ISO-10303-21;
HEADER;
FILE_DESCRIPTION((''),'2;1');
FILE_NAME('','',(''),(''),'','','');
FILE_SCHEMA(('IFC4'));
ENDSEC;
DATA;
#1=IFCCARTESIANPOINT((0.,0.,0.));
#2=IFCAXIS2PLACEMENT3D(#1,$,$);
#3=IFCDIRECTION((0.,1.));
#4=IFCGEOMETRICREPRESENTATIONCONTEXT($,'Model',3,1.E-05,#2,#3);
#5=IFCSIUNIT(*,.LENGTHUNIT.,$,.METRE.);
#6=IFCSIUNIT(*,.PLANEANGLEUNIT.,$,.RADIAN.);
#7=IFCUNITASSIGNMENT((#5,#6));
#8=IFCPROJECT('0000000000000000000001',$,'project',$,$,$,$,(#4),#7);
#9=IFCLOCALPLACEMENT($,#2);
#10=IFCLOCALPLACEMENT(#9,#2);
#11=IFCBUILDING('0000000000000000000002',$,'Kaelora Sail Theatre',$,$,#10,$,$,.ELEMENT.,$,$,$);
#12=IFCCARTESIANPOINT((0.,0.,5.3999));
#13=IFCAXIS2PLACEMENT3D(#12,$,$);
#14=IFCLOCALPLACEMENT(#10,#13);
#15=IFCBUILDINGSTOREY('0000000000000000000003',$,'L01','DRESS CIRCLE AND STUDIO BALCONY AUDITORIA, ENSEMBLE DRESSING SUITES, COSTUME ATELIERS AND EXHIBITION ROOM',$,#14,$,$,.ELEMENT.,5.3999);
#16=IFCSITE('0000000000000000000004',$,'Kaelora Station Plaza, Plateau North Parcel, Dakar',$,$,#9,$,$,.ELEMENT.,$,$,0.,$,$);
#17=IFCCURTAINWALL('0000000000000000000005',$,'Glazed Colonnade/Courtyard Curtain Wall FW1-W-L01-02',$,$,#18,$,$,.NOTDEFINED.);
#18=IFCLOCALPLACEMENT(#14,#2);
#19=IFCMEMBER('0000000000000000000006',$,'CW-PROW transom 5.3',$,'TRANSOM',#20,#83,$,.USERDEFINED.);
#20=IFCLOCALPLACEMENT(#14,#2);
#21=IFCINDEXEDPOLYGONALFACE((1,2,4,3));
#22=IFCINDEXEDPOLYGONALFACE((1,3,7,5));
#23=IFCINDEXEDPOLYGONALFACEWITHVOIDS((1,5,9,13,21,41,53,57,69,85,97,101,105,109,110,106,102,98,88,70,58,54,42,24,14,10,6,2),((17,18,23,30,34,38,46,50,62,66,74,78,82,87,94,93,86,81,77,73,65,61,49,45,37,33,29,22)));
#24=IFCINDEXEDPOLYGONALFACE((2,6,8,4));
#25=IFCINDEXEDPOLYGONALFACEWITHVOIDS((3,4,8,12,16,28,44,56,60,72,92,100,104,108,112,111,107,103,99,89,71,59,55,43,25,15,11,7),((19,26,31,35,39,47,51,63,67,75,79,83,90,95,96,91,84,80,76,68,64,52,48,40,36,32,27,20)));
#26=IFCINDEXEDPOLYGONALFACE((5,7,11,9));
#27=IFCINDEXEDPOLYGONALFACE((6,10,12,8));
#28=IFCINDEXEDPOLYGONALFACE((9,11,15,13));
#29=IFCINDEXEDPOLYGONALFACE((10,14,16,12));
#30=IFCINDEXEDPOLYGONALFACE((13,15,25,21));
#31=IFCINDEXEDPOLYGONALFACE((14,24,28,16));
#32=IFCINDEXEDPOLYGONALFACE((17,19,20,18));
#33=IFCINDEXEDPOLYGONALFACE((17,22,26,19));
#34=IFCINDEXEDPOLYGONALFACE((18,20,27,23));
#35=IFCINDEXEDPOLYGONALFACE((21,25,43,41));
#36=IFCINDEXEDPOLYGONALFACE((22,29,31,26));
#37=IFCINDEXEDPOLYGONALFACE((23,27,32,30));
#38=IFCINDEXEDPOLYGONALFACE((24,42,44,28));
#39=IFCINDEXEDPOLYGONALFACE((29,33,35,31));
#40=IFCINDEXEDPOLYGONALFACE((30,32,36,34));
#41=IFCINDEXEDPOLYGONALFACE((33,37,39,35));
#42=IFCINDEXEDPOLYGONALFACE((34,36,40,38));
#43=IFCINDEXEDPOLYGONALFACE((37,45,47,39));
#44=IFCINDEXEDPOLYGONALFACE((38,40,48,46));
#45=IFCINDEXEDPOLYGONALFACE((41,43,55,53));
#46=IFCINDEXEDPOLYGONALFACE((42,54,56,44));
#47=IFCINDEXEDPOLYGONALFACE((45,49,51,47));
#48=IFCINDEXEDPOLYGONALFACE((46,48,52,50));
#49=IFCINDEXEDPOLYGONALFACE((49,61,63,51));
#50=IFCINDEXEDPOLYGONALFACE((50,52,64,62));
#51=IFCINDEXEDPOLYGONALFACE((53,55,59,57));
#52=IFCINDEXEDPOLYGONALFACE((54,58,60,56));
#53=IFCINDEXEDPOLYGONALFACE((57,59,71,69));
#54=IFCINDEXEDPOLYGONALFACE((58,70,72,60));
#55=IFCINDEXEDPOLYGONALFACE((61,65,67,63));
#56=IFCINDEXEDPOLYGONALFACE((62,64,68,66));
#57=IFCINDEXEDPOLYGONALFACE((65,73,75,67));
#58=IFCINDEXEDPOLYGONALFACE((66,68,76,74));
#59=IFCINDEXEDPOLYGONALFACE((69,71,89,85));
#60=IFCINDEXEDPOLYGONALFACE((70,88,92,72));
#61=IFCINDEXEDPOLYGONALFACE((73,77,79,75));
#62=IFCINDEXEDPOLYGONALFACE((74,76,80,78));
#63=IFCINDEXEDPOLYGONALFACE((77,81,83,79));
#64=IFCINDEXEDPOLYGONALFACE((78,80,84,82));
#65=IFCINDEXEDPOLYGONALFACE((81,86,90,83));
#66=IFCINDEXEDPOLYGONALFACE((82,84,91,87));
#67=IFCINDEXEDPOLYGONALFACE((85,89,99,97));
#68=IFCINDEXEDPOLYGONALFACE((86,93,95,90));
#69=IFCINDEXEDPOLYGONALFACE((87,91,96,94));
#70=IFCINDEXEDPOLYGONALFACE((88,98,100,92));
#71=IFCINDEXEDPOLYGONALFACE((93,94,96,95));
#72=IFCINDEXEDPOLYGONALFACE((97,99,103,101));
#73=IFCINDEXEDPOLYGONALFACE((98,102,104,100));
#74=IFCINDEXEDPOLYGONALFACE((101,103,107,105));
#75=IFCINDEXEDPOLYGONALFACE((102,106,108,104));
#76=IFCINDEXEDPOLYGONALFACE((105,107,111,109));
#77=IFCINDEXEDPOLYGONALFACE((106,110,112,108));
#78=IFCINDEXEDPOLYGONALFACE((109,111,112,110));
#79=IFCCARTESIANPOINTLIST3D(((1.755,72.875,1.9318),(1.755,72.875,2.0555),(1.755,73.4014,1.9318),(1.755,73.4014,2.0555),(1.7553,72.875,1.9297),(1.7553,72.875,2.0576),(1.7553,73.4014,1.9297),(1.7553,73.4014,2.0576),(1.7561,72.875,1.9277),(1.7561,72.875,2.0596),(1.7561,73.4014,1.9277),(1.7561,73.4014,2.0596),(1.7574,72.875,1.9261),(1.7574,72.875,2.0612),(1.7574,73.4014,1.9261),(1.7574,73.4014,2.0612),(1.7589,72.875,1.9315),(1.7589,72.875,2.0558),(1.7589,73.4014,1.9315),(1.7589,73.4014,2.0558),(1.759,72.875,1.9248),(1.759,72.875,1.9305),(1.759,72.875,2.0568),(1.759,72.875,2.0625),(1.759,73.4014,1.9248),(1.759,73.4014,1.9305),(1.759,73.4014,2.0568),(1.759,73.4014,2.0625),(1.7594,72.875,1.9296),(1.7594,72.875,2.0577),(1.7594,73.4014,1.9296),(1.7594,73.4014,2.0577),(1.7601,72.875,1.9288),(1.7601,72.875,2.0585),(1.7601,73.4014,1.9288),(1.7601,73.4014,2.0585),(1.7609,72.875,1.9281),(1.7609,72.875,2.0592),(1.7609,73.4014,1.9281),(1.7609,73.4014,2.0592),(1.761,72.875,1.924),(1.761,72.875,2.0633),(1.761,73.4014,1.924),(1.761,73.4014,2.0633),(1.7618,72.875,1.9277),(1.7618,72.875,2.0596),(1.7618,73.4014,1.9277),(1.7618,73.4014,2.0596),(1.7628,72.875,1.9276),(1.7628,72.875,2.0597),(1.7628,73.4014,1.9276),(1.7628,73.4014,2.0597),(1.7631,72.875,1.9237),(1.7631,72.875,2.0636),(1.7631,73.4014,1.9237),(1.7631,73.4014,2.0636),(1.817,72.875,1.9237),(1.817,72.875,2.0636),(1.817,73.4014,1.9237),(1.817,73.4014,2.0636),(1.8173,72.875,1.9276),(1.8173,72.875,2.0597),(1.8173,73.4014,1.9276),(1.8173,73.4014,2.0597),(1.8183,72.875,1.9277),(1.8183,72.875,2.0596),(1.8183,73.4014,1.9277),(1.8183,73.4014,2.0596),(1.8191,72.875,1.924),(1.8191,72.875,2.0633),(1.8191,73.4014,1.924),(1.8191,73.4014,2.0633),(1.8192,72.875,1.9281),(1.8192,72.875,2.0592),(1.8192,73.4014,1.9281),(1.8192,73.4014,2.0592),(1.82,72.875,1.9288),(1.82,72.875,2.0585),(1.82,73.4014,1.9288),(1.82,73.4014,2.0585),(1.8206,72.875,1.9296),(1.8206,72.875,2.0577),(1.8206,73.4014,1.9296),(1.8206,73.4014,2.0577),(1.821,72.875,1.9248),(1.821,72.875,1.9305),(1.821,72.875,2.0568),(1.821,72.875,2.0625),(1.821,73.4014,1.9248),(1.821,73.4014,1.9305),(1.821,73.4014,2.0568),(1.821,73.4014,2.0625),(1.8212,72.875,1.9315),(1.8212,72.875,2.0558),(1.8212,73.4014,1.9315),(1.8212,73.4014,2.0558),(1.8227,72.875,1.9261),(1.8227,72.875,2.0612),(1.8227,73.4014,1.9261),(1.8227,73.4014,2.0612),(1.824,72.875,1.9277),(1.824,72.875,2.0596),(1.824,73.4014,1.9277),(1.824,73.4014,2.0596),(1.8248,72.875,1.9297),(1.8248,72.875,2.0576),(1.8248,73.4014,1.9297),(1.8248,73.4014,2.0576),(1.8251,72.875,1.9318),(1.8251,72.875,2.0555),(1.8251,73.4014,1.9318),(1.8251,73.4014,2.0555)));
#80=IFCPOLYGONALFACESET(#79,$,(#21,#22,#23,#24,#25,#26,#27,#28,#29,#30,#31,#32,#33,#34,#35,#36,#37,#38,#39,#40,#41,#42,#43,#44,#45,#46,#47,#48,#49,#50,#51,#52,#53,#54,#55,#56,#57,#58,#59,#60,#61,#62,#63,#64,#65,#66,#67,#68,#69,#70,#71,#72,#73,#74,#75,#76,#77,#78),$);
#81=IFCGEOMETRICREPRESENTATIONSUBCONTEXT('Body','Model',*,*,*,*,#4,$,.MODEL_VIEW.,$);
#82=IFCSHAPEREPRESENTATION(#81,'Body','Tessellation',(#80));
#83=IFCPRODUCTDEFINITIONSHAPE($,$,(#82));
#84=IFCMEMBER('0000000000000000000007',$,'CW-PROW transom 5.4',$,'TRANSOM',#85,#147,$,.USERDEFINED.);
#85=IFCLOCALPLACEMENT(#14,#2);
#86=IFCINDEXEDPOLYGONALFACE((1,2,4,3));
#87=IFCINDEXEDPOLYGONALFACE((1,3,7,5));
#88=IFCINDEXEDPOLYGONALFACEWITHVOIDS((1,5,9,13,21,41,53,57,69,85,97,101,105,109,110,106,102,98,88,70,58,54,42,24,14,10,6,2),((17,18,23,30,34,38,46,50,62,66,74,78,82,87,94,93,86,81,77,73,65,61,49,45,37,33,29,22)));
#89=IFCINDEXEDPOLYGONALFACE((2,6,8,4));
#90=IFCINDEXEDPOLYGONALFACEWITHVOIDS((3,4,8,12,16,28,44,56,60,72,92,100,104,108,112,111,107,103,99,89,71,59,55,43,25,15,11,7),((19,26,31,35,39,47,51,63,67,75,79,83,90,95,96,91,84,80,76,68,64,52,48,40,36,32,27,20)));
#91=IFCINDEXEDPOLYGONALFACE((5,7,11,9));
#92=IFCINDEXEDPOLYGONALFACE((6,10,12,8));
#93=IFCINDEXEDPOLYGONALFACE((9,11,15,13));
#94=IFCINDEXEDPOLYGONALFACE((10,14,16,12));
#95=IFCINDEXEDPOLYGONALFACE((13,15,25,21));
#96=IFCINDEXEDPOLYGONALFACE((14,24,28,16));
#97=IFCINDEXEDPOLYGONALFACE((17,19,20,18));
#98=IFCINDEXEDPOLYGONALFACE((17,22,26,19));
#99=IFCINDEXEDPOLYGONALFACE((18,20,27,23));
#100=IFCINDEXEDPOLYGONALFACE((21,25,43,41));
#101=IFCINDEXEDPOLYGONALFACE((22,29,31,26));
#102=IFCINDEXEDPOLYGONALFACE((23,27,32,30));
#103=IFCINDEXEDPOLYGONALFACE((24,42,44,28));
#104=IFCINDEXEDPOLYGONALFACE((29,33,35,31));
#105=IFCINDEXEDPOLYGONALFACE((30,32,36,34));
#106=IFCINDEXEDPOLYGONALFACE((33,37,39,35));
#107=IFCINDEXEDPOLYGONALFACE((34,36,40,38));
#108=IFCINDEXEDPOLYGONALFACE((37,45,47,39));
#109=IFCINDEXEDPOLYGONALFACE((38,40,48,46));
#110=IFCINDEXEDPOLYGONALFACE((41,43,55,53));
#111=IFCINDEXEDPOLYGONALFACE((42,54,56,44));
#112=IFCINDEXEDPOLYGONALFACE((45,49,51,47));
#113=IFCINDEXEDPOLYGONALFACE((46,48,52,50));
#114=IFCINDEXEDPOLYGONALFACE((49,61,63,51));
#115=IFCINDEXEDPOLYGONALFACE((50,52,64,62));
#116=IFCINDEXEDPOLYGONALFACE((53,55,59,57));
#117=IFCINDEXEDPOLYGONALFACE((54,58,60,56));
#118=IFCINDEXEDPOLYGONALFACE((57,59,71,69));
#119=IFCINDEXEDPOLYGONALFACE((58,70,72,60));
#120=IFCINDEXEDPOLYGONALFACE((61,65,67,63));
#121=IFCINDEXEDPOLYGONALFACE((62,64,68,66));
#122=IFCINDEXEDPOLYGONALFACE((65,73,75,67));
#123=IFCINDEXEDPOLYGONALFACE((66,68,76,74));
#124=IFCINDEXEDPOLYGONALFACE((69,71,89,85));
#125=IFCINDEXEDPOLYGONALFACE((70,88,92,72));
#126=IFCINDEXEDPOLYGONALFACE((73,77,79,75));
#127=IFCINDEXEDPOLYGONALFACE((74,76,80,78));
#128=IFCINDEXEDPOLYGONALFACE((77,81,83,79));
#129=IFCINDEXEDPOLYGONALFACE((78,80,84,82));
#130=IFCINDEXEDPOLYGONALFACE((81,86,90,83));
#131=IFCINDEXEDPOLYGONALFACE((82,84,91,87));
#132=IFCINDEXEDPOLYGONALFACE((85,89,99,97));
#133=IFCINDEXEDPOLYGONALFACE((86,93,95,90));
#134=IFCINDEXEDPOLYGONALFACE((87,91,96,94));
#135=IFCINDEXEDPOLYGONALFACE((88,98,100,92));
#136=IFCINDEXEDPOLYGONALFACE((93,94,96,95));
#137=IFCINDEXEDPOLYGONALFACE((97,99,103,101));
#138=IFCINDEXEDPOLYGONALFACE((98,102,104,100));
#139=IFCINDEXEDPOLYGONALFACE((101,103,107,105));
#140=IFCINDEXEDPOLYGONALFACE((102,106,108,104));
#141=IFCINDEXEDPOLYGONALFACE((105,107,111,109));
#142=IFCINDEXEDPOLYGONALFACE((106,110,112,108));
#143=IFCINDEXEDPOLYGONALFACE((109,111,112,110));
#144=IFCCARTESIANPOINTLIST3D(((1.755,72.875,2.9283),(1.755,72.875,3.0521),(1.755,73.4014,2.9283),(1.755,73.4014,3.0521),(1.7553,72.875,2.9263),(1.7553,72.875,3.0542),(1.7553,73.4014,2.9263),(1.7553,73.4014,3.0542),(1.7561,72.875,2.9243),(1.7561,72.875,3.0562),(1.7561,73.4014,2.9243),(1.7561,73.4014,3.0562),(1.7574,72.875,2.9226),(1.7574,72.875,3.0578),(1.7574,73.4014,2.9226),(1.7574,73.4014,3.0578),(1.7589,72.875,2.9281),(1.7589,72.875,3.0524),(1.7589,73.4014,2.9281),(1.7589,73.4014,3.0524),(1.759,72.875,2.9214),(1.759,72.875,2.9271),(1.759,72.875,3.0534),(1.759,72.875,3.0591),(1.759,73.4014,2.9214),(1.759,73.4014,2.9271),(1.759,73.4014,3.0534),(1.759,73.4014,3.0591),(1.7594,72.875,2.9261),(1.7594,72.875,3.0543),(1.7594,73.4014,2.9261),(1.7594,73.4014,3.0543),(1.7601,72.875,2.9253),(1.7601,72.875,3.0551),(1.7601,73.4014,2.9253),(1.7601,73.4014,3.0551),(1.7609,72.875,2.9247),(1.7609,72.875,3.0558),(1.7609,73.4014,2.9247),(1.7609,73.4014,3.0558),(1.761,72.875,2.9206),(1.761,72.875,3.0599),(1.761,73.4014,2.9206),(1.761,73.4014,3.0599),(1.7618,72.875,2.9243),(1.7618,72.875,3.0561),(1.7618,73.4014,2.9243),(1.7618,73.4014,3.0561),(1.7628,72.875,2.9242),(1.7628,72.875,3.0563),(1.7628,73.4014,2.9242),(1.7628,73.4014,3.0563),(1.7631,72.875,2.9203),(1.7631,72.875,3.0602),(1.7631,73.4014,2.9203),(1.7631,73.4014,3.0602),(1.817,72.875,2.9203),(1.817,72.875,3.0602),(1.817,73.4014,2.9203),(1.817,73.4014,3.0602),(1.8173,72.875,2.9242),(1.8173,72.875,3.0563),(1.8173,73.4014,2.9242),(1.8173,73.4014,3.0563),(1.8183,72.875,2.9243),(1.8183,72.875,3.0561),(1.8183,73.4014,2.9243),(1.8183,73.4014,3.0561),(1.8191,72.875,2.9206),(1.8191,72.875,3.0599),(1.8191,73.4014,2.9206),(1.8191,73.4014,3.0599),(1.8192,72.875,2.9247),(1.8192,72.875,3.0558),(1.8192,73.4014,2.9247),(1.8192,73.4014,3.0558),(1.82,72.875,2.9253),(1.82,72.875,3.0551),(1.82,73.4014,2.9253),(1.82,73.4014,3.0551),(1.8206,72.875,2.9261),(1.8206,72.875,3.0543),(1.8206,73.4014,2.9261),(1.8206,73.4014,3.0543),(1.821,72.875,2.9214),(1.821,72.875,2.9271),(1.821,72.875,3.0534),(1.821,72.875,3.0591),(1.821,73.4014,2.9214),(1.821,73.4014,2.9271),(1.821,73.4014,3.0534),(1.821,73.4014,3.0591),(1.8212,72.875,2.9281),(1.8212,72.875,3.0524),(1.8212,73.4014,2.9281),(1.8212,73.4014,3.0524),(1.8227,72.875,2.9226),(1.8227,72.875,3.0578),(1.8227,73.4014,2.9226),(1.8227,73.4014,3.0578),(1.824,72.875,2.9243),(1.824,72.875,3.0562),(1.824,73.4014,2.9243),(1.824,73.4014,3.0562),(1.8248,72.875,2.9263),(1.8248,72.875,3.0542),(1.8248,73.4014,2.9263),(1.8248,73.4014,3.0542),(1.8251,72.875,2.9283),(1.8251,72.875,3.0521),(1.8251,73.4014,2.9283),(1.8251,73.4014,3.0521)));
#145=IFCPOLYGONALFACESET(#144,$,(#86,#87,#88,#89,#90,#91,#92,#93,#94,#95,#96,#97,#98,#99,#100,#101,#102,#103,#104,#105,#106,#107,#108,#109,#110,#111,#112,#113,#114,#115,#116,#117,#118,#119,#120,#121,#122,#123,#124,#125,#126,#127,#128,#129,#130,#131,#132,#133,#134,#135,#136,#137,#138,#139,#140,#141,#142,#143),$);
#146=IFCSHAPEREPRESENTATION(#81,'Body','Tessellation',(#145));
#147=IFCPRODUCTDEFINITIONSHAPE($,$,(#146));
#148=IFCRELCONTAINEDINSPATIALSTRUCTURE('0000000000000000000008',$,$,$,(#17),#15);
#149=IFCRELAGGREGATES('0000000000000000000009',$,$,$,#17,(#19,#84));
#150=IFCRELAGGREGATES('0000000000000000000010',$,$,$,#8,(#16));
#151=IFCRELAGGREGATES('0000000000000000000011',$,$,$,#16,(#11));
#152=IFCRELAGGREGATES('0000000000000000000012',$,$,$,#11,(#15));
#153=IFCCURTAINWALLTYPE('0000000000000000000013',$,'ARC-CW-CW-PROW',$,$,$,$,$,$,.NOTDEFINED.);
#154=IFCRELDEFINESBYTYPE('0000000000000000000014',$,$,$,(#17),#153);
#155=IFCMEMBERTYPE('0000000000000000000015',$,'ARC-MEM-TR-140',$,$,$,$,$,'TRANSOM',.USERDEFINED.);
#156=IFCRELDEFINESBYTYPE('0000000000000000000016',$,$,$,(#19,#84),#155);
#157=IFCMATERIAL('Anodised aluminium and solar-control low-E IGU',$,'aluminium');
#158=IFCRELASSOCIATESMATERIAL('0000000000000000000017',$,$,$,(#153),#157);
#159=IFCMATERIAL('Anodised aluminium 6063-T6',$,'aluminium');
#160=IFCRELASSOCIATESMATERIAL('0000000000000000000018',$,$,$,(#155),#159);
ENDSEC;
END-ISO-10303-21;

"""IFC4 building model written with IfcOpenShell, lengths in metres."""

from ifc_helpers import new_model, si_unit, direction, frame, origin, origin_2d, place, context, subcontext, project, spatial, hollow_rectangle, extrude, material, material_profile, profile_set, type_object, element, aggregate, save


model = new_model("IFC4")

# Units and contexts
model_context = context("Model", 3, precision=1e-05, world=origin(), true_north=direction((0.0, 1.0)))
body_context = subcontext(model_context, "Body", "Model", "MODEL_VIEW")
ifc_project = project(units=[si_unit("LENGTHUNIT", "METRE"), si_unit("PLANEANGLEUNIT", "RADIAN")], contexts=[model_context])

# Site, building, storey
site_placement = place(None, origin())
site = spatial("IfcSite", under=ifc_project, at=site_placement, Name="Kaelora Station Plaza, Plateau North Parcel, Dakar", CompositionType="ELEMENT", RefElevation=0.0)
building_placement = place(site_placement, origin())
building = spatial("IfcBuilding", under=site, at=building_placement, Name="Kaelora Sail Theatre", CompositionType="ELEMENT")
storey_placement = place(building_placement, frame((0.0, 0.0, 5.3999)))
storey = spatial("IfcBuildingStorey", under=building, at=storey_placement, Name="L01", Description="DRESS CIRCLE AND STUDIO BALCONY AUDITORIA, ENSEMBLE DRESSING SUITES, COSTUME ATELIERS AND EXHIBITION ROOM", CompositionType="ELEMENT", Elevation=5.3999)

# Curtain wall, members
ifc_material_1 = material(Name="Anodised aluminium and solar-control low-E IGU", Category="aluminium")
curtain_wall_type = type_object("IfcCurtainWallType", Name="ARC-CW-CW-PROW", PredefinedType="NOTDEFINED", material=ifc_material_1)
curtain_wall_placement = place(storey_placement, origin())
curtain_wall = element("IfcCurtainWall", 1, at=curtain_wall_placement, inside=storey, type_object=curtain_wall_type, Name="Glazed Colonnade/Courtyard Curtain Wall FW1-W-L01-02", PredefinedType="NOTDEFINED")
ifc_material_2 = material(Name="Anodised aluminium 6063-T6", Category="aluminium")
ifc_material_profile_1 = material_profile(ifc_material_2, hollow_rectangle(XDim=0.0701, YDim=0.1399, WallThickness=0.0039, InnerFilletRadius=0.0039, OuterFilletRadius=0.0081, at=origin_2d()), Name="ALU-TRAN 70x140x4")
ifc_profile_set_1 = profile_set([ifc_material_profile_1], Name="Anodised aluminium 6063-T6")
member_type_1 = type_object("IfcMemberType", Name="ARC-MEM-TR-140", ElementType="TRANSOM", PredefinedType="USERDEFINED", material=ifc_profile_set_1)
member_1_placement = place(storey_placement, frame((1.79, 72.875, 1.9937), z_axis=(0.0, 1.0, 0.0), x_axis=(-1.0, 0.0, 0.0)))
member_1 = element("IfcMember", 2, at=member_1_placement, type_object=member_type_1, Name="CW-PROW transom 5.3", ObjectType="TRANSOM", PredefinedType="USERDEFINED", context=body_context, shape_type="SweptSolid", body=[
    extrude(hollow_rectangle(XDim=0.0701, YDim=0.1399, WallThickness=0.0039, InnerFilletRadius=0.0039, OuterFilletRadius=0.0081, at=origin_2d()), origin(), (0.0, 0.0, 1.0), 0.5264),
])
member_2_placement = place(storey_placement, frame((1.79, 72.875, 2.9902), z_axis=(0.0, 1.0, 0.0), x_axis=(-1.0, 0.0, 0.0)))
member_2 = element("IfcMember", 3, at=member_2_placement, type_object=member_type_1, Name="CW-PROW transom 5.4", ObjectType="TRANSOM", PredefinedType="USERDEFINED", context=body_context, shape_type="SweptSolid", body=[
    extrude(hollow_rectangle(XDim=0.0701, YDim=0.1399, WallThickness=0.0039, InnerFilletRadius=0.0039, OuterFilletRadius=0.0081, at=origin_2d()), origin(), (0.0, 0.0, 1.0), 0.5264),
])

aggregate(curtain_wall, [member_1, member_2])

save(model, "model.ifc")
